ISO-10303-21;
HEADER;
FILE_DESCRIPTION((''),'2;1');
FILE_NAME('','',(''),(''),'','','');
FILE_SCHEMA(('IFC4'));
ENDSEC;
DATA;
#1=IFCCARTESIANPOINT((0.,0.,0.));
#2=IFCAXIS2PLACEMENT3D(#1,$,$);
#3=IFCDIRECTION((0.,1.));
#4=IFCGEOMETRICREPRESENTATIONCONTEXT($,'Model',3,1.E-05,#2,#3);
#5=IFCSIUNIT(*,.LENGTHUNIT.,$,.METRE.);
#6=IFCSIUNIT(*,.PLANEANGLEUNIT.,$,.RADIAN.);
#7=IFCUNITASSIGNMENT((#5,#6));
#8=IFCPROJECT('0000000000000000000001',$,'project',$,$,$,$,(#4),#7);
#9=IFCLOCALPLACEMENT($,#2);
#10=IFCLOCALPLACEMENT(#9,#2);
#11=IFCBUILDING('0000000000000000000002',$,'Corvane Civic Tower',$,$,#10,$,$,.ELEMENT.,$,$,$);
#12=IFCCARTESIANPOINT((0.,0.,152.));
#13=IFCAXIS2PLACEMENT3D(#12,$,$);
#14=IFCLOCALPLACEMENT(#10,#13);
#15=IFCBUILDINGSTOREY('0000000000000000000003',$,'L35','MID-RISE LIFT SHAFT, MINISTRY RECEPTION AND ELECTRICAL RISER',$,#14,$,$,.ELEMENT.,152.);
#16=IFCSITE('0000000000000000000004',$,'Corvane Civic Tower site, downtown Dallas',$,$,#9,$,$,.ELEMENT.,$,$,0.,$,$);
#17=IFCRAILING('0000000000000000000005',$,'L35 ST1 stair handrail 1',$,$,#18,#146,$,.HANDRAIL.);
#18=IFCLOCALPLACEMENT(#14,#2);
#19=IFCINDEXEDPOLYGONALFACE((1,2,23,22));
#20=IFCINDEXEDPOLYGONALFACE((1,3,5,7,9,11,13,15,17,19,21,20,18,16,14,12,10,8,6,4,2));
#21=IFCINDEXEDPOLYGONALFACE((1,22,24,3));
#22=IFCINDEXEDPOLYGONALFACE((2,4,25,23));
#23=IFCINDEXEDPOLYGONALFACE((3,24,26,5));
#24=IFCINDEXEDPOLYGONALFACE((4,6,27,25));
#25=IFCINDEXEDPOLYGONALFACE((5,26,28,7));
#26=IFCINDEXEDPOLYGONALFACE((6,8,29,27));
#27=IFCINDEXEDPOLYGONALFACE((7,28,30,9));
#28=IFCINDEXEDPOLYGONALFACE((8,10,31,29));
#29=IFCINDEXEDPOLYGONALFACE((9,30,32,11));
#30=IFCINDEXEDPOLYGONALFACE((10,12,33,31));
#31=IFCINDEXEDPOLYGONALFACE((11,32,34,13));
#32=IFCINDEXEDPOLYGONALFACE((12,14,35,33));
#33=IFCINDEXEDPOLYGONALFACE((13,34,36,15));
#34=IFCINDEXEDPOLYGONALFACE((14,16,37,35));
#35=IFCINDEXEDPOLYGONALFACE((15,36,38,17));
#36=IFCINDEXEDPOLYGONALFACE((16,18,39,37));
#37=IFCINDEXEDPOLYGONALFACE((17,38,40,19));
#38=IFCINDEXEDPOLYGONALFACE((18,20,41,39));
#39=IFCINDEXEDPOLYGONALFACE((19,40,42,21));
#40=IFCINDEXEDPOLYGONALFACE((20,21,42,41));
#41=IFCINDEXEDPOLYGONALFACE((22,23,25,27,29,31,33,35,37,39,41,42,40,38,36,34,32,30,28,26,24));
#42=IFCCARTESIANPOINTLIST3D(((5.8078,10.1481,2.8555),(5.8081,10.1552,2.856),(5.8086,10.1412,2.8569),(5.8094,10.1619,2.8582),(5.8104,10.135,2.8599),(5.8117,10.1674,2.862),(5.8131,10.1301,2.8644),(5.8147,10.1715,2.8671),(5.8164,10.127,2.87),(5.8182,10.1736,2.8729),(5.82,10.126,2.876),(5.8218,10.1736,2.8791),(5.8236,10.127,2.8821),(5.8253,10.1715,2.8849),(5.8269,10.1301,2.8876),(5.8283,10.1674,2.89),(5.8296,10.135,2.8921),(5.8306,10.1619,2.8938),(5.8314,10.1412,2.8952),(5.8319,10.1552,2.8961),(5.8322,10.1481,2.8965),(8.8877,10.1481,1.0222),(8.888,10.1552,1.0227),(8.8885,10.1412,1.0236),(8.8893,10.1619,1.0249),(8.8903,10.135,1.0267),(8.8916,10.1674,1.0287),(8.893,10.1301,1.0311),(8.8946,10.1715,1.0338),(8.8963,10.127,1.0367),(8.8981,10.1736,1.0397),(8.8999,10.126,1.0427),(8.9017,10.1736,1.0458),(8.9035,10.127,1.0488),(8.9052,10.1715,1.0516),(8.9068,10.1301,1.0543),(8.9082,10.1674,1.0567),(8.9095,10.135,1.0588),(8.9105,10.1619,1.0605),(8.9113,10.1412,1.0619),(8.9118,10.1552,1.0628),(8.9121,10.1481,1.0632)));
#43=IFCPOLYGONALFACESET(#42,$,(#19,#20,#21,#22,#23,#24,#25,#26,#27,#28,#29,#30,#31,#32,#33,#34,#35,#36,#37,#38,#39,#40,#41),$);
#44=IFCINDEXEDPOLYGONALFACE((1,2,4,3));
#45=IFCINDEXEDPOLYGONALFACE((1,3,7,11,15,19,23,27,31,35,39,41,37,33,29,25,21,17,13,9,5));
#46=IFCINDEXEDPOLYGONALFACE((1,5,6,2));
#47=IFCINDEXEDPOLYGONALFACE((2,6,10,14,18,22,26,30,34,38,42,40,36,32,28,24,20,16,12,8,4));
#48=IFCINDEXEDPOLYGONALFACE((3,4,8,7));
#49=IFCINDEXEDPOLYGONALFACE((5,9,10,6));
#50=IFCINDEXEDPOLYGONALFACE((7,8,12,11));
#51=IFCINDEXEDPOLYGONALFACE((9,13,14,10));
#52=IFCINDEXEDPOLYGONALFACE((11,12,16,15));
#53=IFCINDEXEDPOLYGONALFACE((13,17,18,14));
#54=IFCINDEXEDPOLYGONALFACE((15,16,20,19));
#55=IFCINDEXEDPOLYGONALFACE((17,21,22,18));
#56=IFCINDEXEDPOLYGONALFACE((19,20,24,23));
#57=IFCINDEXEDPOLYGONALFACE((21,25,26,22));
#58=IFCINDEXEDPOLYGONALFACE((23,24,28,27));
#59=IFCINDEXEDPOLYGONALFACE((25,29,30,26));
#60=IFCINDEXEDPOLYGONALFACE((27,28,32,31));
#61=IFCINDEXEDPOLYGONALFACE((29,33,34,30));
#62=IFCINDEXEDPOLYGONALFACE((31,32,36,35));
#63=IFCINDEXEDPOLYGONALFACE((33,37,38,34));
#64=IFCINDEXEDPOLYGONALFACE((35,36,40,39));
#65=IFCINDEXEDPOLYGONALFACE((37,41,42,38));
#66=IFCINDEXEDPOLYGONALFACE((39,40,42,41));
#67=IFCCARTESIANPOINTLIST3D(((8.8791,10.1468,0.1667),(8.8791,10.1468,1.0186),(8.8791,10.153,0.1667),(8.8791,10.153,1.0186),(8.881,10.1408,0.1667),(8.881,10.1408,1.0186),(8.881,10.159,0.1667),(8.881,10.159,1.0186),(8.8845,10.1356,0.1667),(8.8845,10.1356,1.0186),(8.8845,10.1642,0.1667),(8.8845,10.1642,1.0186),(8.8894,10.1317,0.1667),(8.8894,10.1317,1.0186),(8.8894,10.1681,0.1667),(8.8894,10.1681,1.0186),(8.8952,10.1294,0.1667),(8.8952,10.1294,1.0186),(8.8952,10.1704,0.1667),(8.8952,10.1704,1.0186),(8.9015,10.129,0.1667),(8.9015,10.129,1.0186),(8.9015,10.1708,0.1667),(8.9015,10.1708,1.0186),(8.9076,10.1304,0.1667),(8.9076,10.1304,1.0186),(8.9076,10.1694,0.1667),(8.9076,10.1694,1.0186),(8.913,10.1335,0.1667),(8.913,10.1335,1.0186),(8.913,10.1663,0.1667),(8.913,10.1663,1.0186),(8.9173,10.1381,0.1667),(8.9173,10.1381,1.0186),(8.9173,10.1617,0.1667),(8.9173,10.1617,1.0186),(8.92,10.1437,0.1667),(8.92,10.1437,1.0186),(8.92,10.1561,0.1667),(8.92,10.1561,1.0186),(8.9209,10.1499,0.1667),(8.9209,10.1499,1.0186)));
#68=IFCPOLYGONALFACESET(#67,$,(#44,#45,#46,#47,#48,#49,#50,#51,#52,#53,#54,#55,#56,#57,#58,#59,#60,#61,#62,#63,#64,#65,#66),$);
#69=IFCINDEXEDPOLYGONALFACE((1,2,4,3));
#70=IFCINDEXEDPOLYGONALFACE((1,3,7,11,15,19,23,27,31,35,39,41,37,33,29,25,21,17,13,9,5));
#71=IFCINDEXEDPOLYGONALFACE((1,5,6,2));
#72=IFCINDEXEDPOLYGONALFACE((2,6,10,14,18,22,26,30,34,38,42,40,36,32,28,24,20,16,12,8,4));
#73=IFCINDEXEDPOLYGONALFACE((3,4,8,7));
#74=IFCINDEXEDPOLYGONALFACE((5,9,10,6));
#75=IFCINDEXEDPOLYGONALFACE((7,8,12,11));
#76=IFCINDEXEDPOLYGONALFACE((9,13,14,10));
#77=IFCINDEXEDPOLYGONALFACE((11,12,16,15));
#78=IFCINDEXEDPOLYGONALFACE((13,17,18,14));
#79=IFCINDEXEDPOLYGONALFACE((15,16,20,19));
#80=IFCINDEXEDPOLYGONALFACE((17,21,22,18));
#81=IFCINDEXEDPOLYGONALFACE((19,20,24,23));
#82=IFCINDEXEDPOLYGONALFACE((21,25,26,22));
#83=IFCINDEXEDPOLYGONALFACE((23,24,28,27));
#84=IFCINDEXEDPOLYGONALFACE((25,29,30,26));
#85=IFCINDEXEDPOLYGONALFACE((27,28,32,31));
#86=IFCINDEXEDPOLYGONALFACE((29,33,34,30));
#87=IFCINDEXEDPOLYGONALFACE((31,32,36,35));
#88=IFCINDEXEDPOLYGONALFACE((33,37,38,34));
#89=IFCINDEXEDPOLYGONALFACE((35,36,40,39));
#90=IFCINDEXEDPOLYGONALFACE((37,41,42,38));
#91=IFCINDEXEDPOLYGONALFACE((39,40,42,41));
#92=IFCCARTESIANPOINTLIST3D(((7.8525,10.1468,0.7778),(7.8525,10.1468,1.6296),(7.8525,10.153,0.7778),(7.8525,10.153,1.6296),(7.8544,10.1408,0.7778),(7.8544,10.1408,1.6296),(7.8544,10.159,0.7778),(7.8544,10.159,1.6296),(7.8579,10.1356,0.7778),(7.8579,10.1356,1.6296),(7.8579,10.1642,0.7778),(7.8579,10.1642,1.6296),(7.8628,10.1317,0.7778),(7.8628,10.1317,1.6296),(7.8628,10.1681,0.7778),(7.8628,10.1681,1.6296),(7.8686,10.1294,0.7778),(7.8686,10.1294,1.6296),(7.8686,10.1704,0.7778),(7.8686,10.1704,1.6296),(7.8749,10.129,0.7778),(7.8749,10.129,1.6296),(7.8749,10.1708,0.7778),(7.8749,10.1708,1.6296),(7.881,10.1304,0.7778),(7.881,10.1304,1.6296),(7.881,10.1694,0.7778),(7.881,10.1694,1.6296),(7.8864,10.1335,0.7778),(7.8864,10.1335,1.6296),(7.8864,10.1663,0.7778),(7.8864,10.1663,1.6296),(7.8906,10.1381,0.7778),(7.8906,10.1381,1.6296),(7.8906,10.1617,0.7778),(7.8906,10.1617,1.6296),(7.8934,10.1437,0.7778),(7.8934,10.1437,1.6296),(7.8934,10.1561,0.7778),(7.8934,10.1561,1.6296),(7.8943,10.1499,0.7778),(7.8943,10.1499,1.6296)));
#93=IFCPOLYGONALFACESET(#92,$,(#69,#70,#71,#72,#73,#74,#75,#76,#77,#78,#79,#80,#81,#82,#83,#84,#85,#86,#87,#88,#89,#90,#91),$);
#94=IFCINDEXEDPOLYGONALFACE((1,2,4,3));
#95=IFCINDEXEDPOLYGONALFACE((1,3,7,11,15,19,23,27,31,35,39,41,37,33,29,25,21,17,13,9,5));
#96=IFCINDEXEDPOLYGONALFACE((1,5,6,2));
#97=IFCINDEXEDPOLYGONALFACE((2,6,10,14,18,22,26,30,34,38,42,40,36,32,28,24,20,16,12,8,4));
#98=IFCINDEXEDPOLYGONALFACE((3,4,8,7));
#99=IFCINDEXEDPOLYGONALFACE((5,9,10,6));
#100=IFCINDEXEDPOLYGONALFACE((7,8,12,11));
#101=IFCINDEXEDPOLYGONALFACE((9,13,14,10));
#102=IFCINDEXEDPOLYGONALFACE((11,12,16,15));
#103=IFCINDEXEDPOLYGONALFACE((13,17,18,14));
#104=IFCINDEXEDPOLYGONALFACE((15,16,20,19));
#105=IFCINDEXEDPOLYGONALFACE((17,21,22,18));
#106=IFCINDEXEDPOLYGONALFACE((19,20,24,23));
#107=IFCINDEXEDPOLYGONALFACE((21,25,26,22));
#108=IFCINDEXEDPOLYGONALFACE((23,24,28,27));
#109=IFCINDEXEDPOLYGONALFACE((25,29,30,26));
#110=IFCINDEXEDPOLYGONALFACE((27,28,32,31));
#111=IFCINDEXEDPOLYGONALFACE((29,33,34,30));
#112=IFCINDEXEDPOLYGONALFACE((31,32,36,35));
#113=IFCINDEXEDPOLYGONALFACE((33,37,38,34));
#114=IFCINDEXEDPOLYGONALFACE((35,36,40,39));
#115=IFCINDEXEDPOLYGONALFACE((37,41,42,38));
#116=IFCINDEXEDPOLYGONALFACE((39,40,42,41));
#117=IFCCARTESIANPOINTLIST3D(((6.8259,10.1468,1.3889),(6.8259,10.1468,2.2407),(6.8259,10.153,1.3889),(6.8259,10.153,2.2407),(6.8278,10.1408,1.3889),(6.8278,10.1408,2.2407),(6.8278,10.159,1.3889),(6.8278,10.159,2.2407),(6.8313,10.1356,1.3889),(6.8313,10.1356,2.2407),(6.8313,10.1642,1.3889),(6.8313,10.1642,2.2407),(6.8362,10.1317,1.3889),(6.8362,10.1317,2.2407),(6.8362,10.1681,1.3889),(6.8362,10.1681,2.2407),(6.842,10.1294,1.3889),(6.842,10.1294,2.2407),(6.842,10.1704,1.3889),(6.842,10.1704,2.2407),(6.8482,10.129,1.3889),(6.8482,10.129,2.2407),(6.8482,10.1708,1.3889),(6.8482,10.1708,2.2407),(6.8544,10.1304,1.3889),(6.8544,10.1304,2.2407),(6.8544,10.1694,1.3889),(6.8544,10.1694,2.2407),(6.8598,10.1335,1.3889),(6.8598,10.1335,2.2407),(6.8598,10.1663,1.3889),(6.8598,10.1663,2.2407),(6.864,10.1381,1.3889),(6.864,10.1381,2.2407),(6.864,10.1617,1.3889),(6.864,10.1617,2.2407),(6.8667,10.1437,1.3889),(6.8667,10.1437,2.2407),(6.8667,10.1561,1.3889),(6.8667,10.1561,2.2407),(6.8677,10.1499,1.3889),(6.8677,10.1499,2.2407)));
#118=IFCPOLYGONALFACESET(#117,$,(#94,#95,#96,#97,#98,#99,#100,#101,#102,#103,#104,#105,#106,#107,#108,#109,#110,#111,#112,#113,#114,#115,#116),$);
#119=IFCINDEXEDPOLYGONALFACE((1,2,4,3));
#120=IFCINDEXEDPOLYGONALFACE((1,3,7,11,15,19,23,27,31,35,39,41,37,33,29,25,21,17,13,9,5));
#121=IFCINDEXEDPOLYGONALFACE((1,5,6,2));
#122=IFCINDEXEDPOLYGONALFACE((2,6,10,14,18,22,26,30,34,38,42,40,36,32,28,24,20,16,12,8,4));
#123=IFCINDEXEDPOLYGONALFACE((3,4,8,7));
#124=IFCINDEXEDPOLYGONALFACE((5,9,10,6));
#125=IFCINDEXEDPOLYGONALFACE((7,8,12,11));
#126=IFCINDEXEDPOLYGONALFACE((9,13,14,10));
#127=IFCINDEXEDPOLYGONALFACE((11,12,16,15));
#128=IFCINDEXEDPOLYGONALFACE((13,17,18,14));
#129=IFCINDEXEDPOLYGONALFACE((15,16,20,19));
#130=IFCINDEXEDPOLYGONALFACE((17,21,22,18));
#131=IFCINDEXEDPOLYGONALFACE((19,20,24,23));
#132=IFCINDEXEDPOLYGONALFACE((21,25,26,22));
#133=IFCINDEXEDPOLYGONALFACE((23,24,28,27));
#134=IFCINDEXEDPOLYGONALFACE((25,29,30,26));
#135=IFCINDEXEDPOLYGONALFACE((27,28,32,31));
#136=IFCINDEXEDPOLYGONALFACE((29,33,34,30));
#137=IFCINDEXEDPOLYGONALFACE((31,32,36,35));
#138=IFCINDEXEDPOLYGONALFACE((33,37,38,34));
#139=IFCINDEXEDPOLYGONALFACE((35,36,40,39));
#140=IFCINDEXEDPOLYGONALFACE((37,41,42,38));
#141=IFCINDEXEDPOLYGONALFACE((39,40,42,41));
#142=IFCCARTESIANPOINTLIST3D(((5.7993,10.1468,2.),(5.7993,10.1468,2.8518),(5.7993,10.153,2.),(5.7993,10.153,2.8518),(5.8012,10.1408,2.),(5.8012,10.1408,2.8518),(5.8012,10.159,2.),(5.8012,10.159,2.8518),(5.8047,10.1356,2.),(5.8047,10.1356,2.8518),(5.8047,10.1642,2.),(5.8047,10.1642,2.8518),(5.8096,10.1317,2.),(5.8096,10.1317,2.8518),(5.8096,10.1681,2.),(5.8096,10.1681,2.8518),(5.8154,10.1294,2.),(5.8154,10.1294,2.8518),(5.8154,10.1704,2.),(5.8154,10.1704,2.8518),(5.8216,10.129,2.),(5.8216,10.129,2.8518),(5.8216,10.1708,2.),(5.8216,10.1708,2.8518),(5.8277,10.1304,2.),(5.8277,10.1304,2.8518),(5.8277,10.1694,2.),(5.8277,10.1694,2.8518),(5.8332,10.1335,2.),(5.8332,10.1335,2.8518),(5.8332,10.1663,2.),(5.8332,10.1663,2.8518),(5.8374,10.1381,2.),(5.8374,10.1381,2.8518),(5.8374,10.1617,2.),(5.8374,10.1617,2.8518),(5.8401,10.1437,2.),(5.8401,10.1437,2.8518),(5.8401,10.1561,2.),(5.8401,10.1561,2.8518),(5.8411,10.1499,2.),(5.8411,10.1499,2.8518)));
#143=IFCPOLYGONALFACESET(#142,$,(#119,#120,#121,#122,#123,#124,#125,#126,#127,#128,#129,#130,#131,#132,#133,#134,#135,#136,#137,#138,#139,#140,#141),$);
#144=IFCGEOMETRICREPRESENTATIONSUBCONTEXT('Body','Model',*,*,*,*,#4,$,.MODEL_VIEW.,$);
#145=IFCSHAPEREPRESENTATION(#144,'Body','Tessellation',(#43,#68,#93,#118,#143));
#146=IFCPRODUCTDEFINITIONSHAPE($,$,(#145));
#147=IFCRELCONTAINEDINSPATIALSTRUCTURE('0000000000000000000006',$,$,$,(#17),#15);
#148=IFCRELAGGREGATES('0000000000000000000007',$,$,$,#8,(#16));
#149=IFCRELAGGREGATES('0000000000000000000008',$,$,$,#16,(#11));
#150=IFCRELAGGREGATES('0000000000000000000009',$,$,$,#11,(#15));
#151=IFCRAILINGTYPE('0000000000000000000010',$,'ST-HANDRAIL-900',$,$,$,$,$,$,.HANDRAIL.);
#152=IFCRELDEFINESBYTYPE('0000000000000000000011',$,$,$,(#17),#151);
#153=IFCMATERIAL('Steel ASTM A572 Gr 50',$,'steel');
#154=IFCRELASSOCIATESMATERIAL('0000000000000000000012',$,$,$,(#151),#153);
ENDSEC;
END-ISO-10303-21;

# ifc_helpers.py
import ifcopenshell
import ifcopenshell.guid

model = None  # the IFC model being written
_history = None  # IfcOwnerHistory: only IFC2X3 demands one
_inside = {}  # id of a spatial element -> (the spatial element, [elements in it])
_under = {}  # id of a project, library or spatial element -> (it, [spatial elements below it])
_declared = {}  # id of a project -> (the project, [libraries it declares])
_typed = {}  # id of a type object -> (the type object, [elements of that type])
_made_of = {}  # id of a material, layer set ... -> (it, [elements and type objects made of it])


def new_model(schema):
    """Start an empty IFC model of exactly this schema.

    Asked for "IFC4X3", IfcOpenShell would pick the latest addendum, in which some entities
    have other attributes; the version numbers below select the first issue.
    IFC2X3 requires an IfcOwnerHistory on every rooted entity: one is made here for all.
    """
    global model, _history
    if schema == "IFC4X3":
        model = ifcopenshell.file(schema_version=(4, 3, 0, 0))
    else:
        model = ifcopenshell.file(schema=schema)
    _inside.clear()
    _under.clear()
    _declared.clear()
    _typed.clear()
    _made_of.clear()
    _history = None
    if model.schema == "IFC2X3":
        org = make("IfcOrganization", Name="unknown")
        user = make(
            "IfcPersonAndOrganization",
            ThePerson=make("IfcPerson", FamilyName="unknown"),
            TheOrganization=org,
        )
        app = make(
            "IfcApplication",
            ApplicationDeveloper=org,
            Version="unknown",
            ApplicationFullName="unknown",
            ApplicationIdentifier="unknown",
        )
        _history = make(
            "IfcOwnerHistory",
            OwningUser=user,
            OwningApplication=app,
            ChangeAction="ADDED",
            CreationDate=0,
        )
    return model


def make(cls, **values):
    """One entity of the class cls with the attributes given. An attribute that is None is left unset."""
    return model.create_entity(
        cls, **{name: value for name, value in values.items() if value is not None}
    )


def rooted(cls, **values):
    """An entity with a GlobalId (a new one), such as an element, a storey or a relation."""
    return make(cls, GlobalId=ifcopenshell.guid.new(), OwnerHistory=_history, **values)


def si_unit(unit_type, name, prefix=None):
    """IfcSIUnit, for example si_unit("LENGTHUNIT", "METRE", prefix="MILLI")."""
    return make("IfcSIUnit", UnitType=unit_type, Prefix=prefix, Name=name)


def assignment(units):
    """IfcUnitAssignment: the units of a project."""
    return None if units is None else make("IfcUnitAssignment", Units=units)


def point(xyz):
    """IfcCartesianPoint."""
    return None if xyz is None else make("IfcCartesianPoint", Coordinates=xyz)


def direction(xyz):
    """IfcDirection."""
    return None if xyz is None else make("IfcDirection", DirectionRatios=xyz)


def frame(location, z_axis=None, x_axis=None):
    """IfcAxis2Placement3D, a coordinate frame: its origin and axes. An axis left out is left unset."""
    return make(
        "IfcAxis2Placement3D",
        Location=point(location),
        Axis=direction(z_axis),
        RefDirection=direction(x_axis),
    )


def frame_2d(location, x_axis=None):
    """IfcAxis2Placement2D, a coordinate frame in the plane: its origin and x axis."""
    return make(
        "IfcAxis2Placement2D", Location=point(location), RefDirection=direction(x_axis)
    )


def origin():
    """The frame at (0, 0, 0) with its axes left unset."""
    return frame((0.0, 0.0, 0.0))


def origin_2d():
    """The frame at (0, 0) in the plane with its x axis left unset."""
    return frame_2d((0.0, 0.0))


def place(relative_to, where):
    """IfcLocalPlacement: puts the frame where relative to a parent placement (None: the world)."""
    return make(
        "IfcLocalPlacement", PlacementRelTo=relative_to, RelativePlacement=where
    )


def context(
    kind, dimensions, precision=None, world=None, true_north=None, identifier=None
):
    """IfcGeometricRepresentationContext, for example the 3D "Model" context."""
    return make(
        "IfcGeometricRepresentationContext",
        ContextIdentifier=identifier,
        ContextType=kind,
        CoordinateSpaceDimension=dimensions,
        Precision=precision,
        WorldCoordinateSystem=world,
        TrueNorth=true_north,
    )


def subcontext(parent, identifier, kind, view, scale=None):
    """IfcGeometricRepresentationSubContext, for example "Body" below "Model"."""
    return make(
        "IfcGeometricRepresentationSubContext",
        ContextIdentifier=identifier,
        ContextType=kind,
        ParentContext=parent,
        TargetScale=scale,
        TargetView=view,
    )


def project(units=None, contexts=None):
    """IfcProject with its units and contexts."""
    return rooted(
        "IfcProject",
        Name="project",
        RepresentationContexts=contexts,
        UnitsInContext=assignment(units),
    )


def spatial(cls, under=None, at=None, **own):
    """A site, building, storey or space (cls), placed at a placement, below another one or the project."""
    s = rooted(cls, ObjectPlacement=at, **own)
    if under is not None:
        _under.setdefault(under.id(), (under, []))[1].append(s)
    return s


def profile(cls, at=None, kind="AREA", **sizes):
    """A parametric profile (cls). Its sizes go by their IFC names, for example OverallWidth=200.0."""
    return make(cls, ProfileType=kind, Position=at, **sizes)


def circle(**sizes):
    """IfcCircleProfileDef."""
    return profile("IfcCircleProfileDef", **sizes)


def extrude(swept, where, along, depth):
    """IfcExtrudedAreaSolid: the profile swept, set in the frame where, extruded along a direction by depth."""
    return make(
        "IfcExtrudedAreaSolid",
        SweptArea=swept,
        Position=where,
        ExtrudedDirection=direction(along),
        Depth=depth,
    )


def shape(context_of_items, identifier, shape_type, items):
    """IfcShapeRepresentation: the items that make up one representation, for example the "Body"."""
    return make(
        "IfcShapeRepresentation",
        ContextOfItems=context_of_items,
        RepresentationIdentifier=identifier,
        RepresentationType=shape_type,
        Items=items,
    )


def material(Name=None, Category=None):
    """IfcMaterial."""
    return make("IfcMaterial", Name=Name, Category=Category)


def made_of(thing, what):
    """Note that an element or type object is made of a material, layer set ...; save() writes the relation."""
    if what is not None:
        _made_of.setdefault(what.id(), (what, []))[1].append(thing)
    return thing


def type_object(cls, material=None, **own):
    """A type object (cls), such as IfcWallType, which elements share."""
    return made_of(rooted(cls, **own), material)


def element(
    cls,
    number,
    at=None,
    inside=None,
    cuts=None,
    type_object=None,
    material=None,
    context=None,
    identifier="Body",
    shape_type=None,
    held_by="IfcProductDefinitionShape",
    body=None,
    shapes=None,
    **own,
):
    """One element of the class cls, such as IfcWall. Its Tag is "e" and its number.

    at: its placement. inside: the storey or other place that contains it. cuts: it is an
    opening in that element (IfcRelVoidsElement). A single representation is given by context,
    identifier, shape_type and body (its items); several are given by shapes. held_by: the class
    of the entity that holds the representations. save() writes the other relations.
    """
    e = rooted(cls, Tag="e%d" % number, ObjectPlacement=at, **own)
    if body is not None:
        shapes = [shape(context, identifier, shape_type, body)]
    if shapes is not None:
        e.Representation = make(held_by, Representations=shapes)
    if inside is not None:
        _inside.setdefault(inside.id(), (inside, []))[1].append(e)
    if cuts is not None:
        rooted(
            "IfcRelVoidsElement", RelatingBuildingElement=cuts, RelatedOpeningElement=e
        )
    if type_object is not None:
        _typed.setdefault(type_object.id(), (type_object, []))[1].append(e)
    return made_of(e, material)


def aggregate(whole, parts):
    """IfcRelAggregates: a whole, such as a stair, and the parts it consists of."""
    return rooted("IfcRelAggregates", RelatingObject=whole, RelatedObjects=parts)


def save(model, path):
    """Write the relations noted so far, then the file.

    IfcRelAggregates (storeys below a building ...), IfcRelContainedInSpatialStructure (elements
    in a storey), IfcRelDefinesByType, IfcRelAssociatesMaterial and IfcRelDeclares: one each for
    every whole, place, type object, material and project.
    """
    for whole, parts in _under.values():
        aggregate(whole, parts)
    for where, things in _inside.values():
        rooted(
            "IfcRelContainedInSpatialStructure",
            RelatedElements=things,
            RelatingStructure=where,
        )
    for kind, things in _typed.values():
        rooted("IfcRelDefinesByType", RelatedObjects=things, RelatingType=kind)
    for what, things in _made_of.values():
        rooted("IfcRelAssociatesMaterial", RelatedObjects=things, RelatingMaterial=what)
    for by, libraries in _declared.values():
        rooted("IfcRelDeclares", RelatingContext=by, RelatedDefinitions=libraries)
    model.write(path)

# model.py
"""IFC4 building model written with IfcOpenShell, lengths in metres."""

from ifc_helpers import new_model, si_unit, direction, frame, origin, origin_2d, place, context, subcontext, project, spatial, circle, extrude, material, type_object, element, save


model = new_model("IFC4")

# Units and contexts
model_context = context("Model", 3, precision=1e-05, world=origin(), true_north=direction((0.0, 1.0)))
body_context = subcontext(model_context, "Body", "Model", "MODEL_VIEW")
ifc_project = project(units=[si_unit("LENGTHUNIT", "METRE"), si_unit("PLANEANGLEUNIT", "RADIAN")], contexts=[model_context])

# Site, building, storey
site_placement = place(None, origin())
site = spatial("IfcSite", under=ifc_project, at=site_placement, Name="Corvane Civic Tower site, downtown Dallas", CompositionType="ELEMENT", RefElevation=0.0)
building_placement = place(site_placement, origin())
building = spatial("IfcBuilding", under=site, at=building_placement, Name="Corvane Civic Tower", CompositionType="ELEMENT")
storey_placement = place(building_placement, frame((0.0, 0.0, 152.0)))
storey = spatial("IfcBuildingStorey", under=building, at=storey_placement, Name="L35", Description="MID-RISE LIFT SHAFT, MINISTRY RECEPTION AND ELECTRICAL RISER", CompositionType="ELEMENT", Elevation=152.0)

# Railing
ifc_material_1 = material(Name="Steel ASTM A572 Gr 50", Category="steel")
railing_type_1 = type_object("IfcRailingType", Name="ST-HANDRAIL-900", PredefinedType="HANDRAIL", material=ifc_material_1)
railing_1_placement = place(storey_placement, frame((8.8999, 10.1499, 0.1667)))
element("IfcRailing", 1, at=railing_1_placement, inside=storey, type_object=railing_type_1, Name="L35 ST1 stair handrail 1", PredefinedType="HANDRAIL", context=body_context, shape_type="SweptSolid", body=[
    extrude(circle(Radius=0.0239, at=origin_2d()), frame((0.0, 0.0, 0.876), z_axis=(-0.859291, 0.0, 0.511487), x_axis=(0.0, -1.0, 0.0)), (0.0, 0.0, 1.0), 3.5842),
    extrude(circle(Radius=0.021, at=origin_2d()), origin(), (0.0, 0.0, 1.0), 0.8518),
    extrude(circle(Radius=0.021, at=origin_2d()), frame((-1.0266, 0.0, 0.6111)), (0.0, 0.0, 1.0), 0.8518),
    extrude(circle(Radius=0.021, at=origin_2d()), frame((-2.0532, 0.0, 1.2222)), (0.0, 0.0, 1.0), 0.8518),
    extrude(circle(Radius=0.021, at=origin_2d()), frame((-3.0798, 0.0, 1.8333)), (0.0, 0.0, 1.0), 0.8518),
])

save(model, "model.ifc")
